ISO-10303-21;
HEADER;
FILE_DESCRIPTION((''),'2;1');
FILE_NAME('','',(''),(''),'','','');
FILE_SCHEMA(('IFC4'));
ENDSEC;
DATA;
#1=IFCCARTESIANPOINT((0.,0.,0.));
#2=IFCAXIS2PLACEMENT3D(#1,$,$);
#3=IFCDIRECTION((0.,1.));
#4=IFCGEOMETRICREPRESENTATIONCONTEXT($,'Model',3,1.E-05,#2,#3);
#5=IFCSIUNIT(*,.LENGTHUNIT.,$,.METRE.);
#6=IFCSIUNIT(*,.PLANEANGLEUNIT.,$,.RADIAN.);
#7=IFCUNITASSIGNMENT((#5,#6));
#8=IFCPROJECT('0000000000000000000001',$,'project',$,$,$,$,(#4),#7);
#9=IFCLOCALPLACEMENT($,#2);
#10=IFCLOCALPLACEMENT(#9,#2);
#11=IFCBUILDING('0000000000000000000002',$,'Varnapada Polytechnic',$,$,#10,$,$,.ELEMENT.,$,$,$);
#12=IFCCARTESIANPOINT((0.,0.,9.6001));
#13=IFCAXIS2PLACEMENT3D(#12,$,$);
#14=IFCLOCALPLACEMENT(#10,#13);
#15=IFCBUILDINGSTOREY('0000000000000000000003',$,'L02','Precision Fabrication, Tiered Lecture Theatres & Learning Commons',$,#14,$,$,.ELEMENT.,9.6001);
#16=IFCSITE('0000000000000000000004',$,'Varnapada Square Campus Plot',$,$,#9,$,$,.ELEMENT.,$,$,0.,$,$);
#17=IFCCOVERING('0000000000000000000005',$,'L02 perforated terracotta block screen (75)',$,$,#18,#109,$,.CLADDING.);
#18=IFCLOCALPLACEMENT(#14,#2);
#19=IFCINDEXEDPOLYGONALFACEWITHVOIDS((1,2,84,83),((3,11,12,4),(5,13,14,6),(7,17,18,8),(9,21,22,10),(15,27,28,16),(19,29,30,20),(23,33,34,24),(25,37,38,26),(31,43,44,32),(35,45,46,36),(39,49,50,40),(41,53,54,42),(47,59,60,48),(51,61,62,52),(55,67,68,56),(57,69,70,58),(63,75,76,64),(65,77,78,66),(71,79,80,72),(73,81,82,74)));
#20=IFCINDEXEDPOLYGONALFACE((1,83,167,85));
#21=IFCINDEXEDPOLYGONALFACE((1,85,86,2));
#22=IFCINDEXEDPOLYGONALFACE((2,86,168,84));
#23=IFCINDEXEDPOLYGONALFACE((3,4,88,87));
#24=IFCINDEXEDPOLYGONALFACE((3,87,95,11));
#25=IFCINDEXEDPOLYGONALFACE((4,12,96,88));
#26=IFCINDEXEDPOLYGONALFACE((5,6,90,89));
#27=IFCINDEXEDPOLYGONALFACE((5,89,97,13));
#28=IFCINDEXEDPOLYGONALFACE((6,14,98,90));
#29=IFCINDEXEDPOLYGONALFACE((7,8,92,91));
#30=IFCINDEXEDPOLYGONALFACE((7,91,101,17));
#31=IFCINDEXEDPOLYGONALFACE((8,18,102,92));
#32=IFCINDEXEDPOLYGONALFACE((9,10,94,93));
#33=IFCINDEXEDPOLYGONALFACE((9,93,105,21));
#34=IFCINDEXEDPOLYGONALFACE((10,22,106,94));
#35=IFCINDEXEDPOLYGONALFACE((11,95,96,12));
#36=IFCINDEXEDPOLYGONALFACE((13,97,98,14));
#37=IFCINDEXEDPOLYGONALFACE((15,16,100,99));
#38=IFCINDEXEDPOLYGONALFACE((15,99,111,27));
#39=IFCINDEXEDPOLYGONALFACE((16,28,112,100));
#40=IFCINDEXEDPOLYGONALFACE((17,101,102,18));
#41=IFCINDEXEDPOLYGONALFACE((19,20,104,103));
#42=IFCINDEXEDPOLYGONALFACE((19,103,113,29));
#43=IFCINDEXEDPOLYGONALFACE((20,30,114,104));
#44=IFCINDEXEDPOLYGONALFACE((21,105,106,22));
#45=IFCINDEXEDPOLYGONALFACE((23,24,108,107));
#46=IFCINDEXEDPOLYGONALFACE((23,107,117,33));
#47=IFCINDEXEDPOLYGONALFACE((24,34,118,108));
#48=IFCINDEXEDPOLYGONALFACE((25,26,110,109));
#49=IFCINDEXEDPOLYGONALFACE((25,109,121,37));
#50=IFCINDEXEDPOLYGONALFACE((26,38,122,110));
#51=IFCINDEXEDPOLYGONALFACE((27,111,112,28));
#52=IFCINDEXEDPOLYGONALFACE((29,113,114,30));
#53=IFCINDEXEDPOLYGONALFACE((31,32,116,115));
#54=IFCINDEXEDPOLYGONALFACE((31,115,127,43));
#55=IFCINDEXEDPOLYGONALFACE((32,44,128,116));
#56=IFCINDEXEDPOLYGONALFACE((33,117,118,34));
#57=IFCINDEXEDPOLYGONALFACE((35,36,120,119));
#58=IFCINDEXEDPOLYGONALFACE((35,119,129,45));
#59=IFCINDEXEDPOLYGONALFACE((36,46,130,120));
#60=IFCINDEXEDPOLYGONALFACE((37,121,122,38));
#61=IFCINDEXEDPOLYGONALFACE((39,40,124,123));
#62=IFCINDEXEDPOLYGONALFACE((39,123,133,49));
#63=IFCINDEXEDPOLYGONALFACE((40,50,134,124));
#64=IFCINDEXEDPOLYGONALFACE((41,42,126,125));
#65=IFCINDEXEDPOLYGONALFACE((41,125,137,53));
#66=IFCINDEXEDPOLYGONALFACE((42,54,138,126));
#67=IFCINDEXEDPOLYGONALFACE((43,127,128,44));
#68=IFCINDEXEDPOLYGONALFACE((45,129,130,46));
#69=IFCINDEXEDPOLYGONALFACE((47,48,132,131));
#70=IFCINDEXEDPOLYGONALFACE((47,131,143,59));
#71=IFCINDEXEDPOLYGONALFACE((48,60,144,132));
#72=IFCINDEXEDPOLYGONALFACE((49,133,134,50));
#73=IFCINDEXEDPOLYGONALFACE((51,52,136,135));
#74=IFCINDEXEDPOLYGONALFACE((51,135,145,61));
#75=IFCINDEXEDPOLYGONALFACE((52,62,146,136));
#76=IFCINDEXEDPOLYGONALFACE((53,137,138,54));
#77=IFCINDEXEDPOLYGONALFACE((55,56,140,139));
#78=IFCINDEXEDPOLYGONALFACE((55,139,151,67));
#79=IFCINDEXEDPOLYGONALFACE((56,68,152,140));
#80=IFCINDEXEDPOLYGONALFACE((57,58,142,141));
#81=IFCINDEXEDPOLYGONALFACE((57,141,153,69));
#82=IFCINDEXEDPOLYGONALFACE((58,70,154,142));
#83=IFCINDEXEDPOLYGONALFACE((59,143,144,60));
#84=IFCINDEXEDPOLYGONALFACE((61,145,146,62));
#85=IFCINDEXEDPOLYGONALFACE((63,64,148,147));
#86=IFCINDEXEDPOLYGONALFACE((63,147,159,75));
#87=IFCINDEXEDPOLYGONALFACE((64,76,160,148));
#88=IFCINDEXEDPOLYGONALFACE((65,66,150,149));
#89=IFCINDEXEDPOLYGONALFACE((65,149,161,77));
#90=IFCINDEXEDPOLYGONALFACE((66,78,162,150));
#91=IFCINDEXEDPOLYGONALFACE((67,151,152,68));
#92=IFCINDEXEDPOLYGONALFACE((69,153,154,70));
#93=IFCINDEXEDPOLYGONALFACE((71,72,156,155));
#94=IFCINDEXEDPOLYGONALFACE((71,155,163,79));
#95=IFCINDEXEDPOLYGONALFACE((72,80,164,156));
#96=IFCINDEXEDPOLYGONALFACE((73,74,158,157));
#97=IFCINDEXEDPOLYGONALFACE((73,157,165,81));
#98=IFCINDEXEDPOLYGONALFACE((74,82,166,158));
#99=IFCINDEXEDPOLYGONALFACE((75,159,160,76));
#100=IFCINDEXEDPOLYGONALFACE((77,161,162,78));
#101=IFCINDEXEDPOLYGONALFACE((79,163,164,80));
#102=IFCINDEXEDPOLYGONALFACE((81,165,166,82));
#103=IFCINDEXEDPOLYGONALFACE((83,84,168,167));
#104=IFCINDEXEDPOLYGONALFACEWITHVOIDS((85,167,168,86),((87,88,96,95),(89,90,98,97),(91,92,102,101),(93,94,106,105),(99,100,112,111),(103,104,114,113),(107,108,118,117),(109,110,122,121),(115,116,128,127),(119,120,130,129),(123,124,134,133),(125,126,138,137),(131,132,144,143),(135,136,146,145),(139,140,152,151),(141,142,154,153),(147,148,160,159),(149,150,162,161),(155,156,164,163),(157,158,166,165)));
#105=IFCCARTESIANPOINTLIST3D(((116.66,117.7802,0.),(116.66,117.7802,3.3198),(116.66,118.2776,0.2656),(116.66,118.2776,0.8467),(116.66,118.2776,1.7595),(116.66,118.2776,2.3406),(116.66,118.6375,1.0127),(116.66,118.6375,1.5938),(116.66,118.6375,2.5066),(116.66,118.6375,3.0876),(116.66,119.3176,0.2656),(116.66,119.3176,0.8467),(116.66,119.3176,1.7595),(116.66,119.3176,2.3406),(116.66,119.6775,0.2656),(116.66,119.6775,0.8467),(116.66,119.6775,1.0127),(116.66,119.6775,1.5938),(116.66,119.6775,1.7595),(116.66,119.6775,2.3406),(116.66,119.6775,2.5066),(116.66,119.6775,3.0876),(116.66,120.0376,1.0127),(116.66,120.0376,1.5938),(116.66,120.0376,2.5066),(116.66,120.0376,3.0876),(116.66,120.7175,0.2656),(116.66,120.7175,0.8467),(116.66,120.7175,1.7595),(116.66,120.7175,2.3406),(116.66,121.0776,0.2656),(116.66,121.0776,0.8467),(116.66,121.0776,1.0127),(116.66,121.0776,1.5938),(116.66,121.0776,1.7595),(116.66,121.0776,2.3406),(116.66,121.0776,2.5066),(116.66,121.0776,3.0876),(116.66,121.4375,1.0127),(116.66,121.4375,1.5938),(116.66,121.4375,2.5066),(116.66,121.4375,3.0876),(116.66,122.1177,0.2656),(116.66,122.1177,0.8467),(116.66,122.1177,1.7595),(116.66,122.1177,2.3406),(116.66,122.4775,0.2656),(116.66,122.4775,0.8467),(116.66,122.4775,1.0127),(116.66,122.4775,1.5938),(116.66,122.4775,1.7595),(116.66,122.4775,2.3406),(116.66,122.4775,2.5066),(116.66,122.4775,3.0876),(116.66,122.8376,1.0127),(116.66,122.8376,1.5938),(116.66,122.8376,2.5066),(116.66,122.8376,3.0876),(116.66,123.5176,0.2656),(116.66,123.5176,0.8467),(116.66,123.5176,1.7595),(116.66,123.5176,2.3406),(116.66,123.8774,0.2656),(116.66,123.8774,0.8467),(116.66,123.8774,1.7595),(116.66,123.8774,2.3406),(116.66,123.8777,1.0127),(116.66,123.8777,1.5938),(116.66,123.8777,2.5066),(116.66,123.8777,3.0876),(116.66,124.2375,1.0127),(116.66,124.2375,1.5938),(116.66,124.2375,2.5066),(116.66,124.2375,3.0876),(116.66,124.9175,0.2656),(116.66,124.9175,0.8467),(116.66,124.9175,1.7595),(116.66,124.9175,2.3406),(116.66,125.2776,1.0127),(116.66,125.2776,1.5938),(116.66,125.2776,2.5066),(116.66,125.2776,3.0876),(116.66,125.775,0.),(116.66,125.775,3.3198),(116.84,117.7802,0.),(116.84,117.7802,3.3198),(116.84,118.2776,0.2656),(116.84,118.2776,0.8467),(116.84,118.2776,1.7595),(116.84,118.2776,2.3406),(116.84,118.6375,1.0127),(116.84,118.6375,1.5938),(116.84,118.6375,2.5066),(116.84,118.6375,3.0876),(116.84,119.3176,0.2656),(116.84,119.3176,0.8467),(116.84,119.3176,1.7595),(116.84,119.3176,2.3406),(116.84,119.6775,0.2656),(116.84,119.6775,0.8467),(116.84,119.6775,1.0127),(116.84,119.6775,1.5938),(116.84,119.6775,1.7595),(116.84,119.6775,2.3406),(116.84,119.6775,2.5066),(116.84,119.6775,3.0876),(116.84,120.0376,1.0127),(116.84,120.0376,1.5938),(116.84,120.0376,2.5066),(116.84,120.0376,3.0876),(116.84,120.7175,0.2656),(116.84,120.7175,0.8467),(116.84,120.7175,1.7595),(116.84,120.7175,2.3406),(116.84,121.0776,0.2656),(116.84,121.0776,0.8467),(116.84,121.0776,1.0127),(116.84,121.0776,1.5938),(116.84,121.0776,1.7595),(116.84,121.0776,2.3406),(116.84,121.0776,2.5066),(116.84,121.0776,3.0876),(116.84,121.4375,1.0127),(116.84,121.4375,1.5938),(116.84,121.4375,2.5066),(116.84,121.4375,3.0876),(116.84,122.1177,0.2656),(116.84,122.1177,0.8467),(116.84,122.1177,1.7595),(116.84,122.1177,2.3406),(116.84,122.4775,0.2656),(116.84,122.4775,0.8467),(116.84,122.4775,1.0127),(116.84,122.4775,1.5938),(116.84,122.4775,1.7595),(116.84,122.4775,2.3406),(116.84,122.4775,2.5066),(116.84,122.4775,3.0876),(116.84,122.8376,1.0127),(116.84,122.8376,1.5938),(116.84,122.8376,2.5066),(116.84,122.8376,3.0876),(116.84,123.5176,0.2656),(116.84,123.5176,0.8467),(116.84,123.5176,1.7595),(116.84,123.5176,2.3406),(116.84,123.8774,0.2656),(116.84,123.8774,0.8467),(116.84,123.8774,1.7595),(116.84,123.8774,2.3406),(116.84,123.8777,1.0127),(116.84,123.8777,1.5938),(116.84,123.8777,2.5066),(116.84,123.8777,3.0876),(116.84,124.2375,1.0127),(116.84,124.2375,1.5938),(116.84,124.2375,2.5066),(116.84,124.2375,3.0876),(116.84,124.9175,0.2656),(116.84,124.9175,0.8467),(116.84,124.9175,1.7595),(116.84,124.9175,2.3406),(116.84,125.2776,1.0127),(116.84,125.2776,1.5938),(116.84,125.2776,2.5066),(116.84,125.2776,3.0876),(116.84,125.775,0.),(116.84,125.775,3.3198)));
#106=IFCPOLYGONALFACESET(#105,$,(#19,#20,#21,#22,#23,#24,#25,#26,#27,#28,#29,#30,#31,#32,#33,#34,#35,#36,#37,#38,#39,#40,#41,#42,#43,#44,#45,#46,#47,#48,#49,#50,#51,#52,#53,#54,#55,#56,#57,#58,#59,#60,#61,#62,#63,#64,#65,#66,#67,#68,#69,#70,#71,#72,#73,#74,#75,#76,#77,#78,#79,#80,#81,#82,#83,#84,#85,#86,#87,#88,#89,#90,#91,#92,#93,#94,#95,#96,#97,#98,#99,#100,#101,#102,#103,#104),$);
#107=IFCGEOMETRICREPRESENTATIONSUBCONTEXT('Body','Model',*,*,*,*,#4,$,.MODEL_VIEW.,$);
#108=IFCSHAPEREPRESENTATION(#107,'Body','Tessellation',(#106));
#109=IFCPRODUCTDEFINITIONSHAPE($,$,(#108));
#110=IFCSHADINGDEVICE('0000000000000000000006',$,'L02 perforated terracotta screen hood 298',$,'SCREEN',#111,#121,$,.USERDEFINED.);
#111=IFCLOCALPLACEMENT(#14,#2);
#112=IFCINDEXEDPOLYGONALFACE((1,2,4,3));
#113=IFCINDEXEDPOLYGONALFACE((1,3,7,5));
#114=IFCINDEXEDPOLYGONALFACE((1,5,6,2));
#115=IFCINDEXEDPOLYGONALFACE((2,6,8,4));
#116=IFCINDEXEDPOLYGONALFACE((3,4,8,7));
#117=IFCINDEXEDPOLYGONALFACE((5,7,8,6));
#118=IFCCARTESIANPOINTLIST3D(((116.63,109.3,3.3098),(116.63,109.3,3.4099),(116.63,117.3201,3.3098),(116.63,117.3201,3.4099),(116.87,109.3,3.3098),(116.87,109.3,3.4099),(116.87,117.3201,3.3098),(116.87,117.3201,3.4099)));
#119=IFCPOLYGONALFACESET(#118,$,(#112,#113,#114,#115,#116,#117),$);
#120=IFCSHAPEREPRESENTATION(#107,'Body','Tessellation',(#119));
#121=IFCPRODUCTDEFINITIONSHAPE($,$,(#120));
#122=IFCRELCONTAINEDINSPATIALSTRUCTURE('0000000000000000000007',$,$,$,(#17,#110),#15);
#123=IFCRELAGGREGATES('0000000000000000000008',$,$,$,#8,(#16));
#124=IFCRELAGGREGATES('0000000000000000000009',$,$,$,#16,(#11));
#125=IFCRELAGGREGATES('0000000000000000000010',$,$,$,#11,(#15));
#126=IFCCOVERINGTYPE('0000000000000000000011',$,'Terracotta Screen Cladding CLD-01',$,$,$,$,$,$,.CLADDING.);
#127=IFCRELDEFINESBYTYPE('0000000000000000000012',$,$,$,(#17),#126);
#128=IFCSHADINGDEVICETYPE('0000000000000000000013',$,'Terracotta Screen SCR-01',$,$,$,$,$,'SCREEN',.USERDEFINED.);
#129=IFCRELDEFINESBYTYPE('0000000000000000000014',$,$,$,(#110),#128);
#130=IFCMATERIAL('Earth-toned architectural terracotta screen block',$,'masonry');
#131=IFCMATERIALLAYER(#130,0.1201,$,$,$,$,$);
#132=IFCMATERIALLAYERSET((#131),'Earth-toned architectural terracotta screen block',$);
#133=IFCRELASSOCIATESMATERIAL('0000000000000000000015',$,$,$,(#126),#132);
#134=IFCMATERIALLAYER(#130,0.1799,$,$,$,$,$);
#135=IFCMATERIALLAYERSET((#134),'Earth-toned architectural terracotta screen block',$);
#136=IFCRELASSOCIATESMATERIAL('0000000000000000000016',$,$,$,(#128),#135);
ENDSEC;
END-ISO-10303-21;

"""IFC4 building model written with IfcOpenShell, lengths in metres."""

from ifc_helpers import new_model, si_unit, direction, frame, frame_2d, origin, origin_2d, place, context, subcontext, project, spatial, rectangle, extrude, material, layer, layer_set, type_object, element, save


model = new_model("IFC4")

# Units and contexts
model_context = context("Model", 3, precision=1e-05, world=origin(), true_north=direction((0.0, 1.0)))
body_context = subcontext(model_context, "Body", "Model", "MODEL_VIEW")
ifc_project = project(units=[si_unit("LENGTHUNIT", "METRE"), si_unit("PLANEANGLEUNIT", "RADIAN")], contexts=[model_context])

# Site, building, storey
site_placement = place(None, origin())
site = spatial("IfcSite", under=ifc_project, at=site_placement, Name="Varnapada Square Campus Plot", CompositionType="ELEMENT", RefElevation=0.0)
building_placement = place(site_placement, origin())
building = spatial("IfcBuilding", under=site, at=building_placement, Name="Varnapada Polytechnic", CompositionType="ELEMENT")
storey_placement = place(building_placement, frame((0.0, 0.0, 9.6001)))
storey = spatial("IfcBuildingStorey", under=building, at=storey_placement, Name="L02", Description="Precision Fabrication, Tiered Lecture Theatres & Learning Commons", CompositionType="ELEMENT", Elevation=9.6001)

# Covering, openings
ifc_material_1 = material(Name="Earth-toned architectural terracotta screen block", Category="masonry")
ifc_layer_1 = layer(ifc_material_1, 0.1201)
ifc_layer_set_1 = layer_set([ifc_layer_1], Name="Earth-toned architectural terracotta screen block")
covering_type = type_object("IfcCoveringType", Name="Terracotta Screen Cladding CLD-01", PredefinedType="CLADDING", material=ifc_layer_set_1)
covering_placement = place(storey_placement, frame((116.75, 117.78, 0.0), z_axis=(0.0, 0.0, 1.0), x_axis=(0.0, 1.0, 0.0)))
covering = element("IfcCovering", 1, at=covering_placement, inside=storey, type_object=covering_type, Name="L02 perforated terracotta block screen (75)", PredefinedType="CLADDING", context=body_context, shape_type="SweptSolid", body=[
    extrude(rectangle(XDim=7.9949, YDim=0.1799, at=frame_2d((3.9976, 0.0))), origin(), (0.0, 0.0, 1.0), 3.3198),
])
opening_1_placement = place(covering_placement, frame((0.4976, 0.0, 0.2656)))
element("IfcOpeningElement", 2, at=opening_1_placement, cuts=covering, PredefinedType="OPENING", context=body_context, shape_type="SweptSolid", body=[
    extrude(rectangle(XDim=1.04, YDim=0.5811, at=frame_2d((0.52, 0.2905))), frame((0.0, 0.0999, 0.0), z_axis=(0.0, -1.0, 0.0), x_axis=(1.0, 0.0, 0.0)), (0.0, 0.0, 1.0), 0.2),
])
opening_2_placement = place(covering_placement, frame((1.8975, 0.0, 0.2656)))
element("IfcOpeningElement", 3, at=opening_2_placement, cuts=covering, PredefinedType="OPENING", context=body_context, shape_type="SweptSolid", body=[
    extrude(rectangle(XDim=1.04, YDim=0.5811, at=frame_2d((0.52, 0.2905))), frame((0.0, 0.0999, 0.0), z_axis=(0.0, -1.0, 0.0), x_axis=(1.0, 0.0, 0.0)), (0.0, 0.0, 1.0), 0.2),
])
opening_3_placement = place(covering_placement, frame((3.2976, 0.0, 0.2656)))
element("IfcOpeningElement", 4, at=opening_3_placement, cuts=covering, PredefinedType="OPENING", context=body_context, shape_type="SweptSolid", body=[
    extrude(rectangle(XDim=1.04, YDim=0.5811, at=frame_2d((0.52, 0.2905))), frame((0.0, 0.0999, 0.0), z_axis=(0.0, -1.0, 0.0), x_axis=(1.0, 0.0, 0.0)), (0.0, 0.0, 1.0), 0.2),
])
opening_4_placement = place(covering_placement, frame((4.6975, 0.0, 0.2656)))
element("IfcOpeningElement", 5, at=opening_4_placement, cuts=covering, PredefinedType="OPENING", context=body_context, shape_type="SweptSolid", body=[
    extrude(rectangle(XDim=1.04, YDim=0.5811, at=frame_2d((0.52, 0.2905))), frame((0.0, 0.0999, 0.0), z_axis=(0.0, -1.0, 0.0), x_axis=(1.0, 0.0, 0.0)), (0.0, 0.0, 1.0), 0.2),
])
opening_5_placement = place(covering_placement, frame((6.0974, 0.0, 0.2656)))
element("IfcOpeningElement", 6, at=opening_5_placement, cuts=covering, PredefinedType="OPENING", context=body_context, shape_type="SweptSolid", body=[
    extrude(rectangle(XDim=1.04, YDim=0.5811, at=frame_2d((0.52, 0.2905))), frame((0.0, 0.0999, 0.0), z_axis=(0.0, -1.0, 0.0), x_axis=(1.0, 0.0, 0.0)), (0.0, 0.0, 1.0), 0.2),
])
opening_6_placement = place(covering_placement, frame((0.8574, 0.0, 1.0127)))
element("IfcOpeningElement", 7, at=opening_6_placement, cuts=covering, PredefinedType="OPENING", context=body_context, shape_type="SweptSolid", body=[
    extrude(rectangle(XDim=1.04, YDim=0.5811, at=frame_2d((0.52, 0.2905))), frame((0.0, 0.0999, 0.0), z_axis=(0.0, -1.0, 0.0), x_axis=(1.0, 0.0, 0.0)), (0.0, 0.0, 1.0), 0.2),
])
opening_7_placement = place(covering_placement, frame((2.2576, 0.0, 1.0127)))
element("IfcOpeningElement", 8, at=opening_7_placement, cuts=covering, PredefinedType="OPENING", context=body_context, shape_type="SweptSolid", body=[
    extrude(rectangle(XDim=1.04, YDim=0.5811, at=frame_2d((0.52, 0.2905))), frame((0.0, 0.0999, 0.0), z_axis=(0.0, -1.0, 0.0), x_axis=(1.0, 0.0, 0.0)), (0.0, 0.0, 1.0), 0.2),
])
opening_8_placement = place(covering_placement, frame((3.6575, 0.0, 1.0127)))
element("IfcOpeningElement", 9, at=opening_8_placement, cuts=covering, PredefinedType="OPENING", context=body_context, shape_type="SweptSolid", body=[
    extrude(rectangle(XDim=1.04, YDim=0.5811, at=frame_2d((0.52, 0.2905))), frame((0.0, 0.0999, 0.0), z_axis=(0.0, -1.0, 0.0), x_axis=(1.0, 0.0, 0.0)), (0.0, 0.0, 1.0), 0.2),
])
opening_9_placement = place(covering_placement, frame((5.0576, 0.0, 1.0127)))
element("IfcOpeningElement", 10, at=opening_9_placement, cuts=covering, PredefinedType="OPENING", context=body_context, shape_type="SweptSolid", body=[
    extrude(rectangle(XDim=1.04, YDim=0.5811, at=frame_2d((0.52, 0.2905))), frame((0.0, 0.0999, 0.0), z_axis=(0.0, -1.0, 0.0), x_axis=(1.0, 0.0, 0.0)), (0.0, 0.0, 1.0), 0.2),
])
opening_10_placement = place(covering_placement, frame((6.4575, 0.0, 1.0127)))
element("IfcOpeningElement", 11, at=opening_10_placement, cuts=covering, PredefinedType="OPENING", context=body_context, shape_type="SweptSolid", body=[
    extrude(rectangle(XDim=1.04, YDim=0.5811, at=frame_2d((0.52, 0.2905))), frame((0.0, 0.0999, 0.0), z_axis=(0.0, -1.0, 0.0), x_axis=(1.0, 0.0, 0.0)), (0.0, 0.0, 1.0), 0.2),
])
opening_11_placement = place(covering_placement, frame((0.4976, 0.0, 1.7595)))
element("IfcOpeningElement", 12, at=opening_11_placement, cuts=covering, PredefinedType="OPENING", context=body_context, shape_type="SweptSolid", body=[
    extrude(rectangle(XDim=1.04, YDim=0.5811, at=frame_2d((0.52, 0.2905))), frame((0.0, 0.0999, 0.0), z_axis=(0.0, -1.0, 0.0), x_axis=(1.0, 0.0, 0.0)), (0.0, 0.0, 1.0), 0.2),
])
opening_12_placement = place(covering_placement, frame((1.8975, 0.0, 1.7595)))
element("IfcOpeningElement", 13, at=opening_12_placement, cuts=covering, PredefinedType="OPENING", context=body_context, shape_type="SweptSolid", body=[
    extrude(rectangle(XDim=1.04, YDim=0.5811, at=frame_2d((0.52, 0.2905))), frame((0.0, 0.0999, 0.0), z_axis=(0.0, -1.0, 0.0), x_axis=(1.0, 0.0, 0.0)), (0.0, 0.0, 1.0), 0.2),
])
opening_13_placement = place(covering_placement, frame((3.2976, 0.0, 1.7595)))
element("IfcOpeningElement", 14, at=opening_13_placement, cuts=covering, PredefinedType="OPENING", context=body_context, shape_type="SweptSolid", body=[
    extrude(rectangle(XDim=1.04, YDim=0.5811, at=frame_2d((0.52, 0.2905))), frame((0.0, 0.0999, 0.0), z_axis=(0.0, -1.0, 0.0), x_axis=(1.0, 0.0, 0.0)), (0.0, 0.0, 1.0), 0.2),
])
opening_14_placement = place(covering_placement, frame((4.6975, 0.0, 1.7595)))
element("IfcOpeningElement", 15, at=opening_14_placement, cuts=covering, PredefinedType="OPENING", context=body_context, shape_type="SweptSolid", body=[
    extrude(rectangle(XDim=1.04, YDim=0.5811, at=frame_2d((0.52, 0.2905))), frame((0.0, 0.0999, 0.0), z_axis=(0.0, -1.0, 0.0), x_axis=(1.0, 0.0, 0.0)), (0.0, 0.0, 1.0), 0.2),
])
opening_15_placement = place(covering_placement, frame((6.0974, 0.0, 1.7595)))
element("IfcOpeningElement", 16, at=opening_15_placement, cuts=covering, PredefinedType="OPENING", context=body_context, shape_type="SweptSolid", body=[
    extrude(rectangle(XDim=1.04, YDim=0.5811, at=frame_2d((0.52, 0.2905))), frame((0.0, 0.0999, 0.0), z_axis=(0.0, -1.0, 0.0), x_axis=(1.0, 0.0, 0.0)), (0.0, 0.0, 1.0), 0.2),
])
opening_16_placement = place(covering_placement, frame((0.8574, 0.0, 2.5066)))
element("IfcOpeningElement", 17, at=opening_16_placement, cuts=covering, PredefinedType="OPENING", context=body_context, shape_type="SweptSolid", body=[
    extrude(rectangle(XDim=1.04, YDim=0.5811, at=frame_2d((0.52, 0.2905))), frame((0.0, 0.0999, 0.0), z_axis=(0.0, -1.0, 0.0), x_axis=(1.0, 0.0, 0.0)), (0.0, 0.0, 1.0), 0.2),
])
opening_17_placement = place(covering_placement, frame((2.2576, 0.0, 2.5066)))
element("IfcOpeningElement", 18, at=opening_17_placement, cuts=covering, PredefinedType="OPENING", context=body_context, shape_type="SweptSolid", body=[
    extrude(rectangle(XDim=1.04, YDim=0.5811, at=frame_2d((0.52, 0.2905))), frame((0.0, 0.0999, 0.0), z_axis=(0.0, -1.0, 0.0), x_axis=(1.0, 0.0, 0.0)), (0.0, 0.0, 1.0), 0.2),
])
opening_18_placement = place(covering_placement, frame((3.6575, 0.0, 2.5066)))
element("IfcOpeningElement", 19, at=opening_18_placement, cuts=covering, PredefinedType="OPENING", context=body_context, shape_type="SweptSolid", body=[
    extrude(rectangle(XDim=1.04, YDim=0.5811, at=frame_2d((0.52, 0.2905))), frame((0.0, 0.0999, 0.0), z_axis=(0.0, -1.0, 0.0), x_axis=(1.0, 0.0, 0.0)), (0.0, 0.0, 1.0), 0.2),
])
opening_19_placement = place(covering_placement, frame((5.0576, 0.0, 2.5066)))
element("IfcOpeningElement", 20, at=opening_19_placement, cuts=covering, PredefinedType="OPENING", context=body_context, shape_type="SweptSolid", body=[
    extrude(rectangle(XDim=1.04, YDim=0.5811, at=frame_2d((0.52, 0.2905))), frame((0.0, 0.0999, 0.0), z_axis=(0.0, -1.0, 0.0), x_axis=(1.0, 0.0, 0.0)), (0.0, 0.0, 1.0), 0.2),
])
opening_20_placement = place(covering_placement, frame((6.4575, 0.0, 2.5066)))
element("IfcOpeningElement", 21, at=opening_20_placement, cuts=covering, PredefinedType="OPENING", context=body_context, shape_type="SweptSolid", body=[
    extrude(rectangle(XDim=1.04, YDim=0.5811, at=frame_2d((0.52, 0.2905))), frame((0.0, 0.0999, 0.0), z_axis=(0.0, -1.0, 0.0), x_axis=(1.0, 0.0, 0.0)), (0.0, 0.0, 1.0), 0.2),
])

# Shading device
ifc_layer_2 = layer(ifc_material_1, 0.1799)
ifc_layer_set_2 = layer_set([ifc_layer_2], Name="Earth-toned architectural terracotta screen block")
shading_device_type = type_object("IfcShadingDeviceType", Name="Terracotta Screen SCR-01", ElementType="SCREEN", PredefinedType="USERDEFINED", material=ifc_layer_set_2)
shading_device_placement = place(storey_placement, frame((116.75, 113.3101, 3.3098), z_axis=(0.0, 0.0, 1.0), x_axis=(0.0, 1.0, 0.0)))
element("IfcShadingDevice", 22, at=shading_device_placement, inside=storey, type_object=shading_device_type, Name="L02 perforated terracotta screen hood 298", ObjectType="SCREEN", PredefinedType="USERDEFINED", context=body_context, shape_type="SweptSolid", body=[
    extrude(rectangle(XDim=8.02, YDim=0.24, at=origin_2d()), origin(), (0.0, 0.0, 1.0), 0.1001),
])

save(model, "model.ifc")
